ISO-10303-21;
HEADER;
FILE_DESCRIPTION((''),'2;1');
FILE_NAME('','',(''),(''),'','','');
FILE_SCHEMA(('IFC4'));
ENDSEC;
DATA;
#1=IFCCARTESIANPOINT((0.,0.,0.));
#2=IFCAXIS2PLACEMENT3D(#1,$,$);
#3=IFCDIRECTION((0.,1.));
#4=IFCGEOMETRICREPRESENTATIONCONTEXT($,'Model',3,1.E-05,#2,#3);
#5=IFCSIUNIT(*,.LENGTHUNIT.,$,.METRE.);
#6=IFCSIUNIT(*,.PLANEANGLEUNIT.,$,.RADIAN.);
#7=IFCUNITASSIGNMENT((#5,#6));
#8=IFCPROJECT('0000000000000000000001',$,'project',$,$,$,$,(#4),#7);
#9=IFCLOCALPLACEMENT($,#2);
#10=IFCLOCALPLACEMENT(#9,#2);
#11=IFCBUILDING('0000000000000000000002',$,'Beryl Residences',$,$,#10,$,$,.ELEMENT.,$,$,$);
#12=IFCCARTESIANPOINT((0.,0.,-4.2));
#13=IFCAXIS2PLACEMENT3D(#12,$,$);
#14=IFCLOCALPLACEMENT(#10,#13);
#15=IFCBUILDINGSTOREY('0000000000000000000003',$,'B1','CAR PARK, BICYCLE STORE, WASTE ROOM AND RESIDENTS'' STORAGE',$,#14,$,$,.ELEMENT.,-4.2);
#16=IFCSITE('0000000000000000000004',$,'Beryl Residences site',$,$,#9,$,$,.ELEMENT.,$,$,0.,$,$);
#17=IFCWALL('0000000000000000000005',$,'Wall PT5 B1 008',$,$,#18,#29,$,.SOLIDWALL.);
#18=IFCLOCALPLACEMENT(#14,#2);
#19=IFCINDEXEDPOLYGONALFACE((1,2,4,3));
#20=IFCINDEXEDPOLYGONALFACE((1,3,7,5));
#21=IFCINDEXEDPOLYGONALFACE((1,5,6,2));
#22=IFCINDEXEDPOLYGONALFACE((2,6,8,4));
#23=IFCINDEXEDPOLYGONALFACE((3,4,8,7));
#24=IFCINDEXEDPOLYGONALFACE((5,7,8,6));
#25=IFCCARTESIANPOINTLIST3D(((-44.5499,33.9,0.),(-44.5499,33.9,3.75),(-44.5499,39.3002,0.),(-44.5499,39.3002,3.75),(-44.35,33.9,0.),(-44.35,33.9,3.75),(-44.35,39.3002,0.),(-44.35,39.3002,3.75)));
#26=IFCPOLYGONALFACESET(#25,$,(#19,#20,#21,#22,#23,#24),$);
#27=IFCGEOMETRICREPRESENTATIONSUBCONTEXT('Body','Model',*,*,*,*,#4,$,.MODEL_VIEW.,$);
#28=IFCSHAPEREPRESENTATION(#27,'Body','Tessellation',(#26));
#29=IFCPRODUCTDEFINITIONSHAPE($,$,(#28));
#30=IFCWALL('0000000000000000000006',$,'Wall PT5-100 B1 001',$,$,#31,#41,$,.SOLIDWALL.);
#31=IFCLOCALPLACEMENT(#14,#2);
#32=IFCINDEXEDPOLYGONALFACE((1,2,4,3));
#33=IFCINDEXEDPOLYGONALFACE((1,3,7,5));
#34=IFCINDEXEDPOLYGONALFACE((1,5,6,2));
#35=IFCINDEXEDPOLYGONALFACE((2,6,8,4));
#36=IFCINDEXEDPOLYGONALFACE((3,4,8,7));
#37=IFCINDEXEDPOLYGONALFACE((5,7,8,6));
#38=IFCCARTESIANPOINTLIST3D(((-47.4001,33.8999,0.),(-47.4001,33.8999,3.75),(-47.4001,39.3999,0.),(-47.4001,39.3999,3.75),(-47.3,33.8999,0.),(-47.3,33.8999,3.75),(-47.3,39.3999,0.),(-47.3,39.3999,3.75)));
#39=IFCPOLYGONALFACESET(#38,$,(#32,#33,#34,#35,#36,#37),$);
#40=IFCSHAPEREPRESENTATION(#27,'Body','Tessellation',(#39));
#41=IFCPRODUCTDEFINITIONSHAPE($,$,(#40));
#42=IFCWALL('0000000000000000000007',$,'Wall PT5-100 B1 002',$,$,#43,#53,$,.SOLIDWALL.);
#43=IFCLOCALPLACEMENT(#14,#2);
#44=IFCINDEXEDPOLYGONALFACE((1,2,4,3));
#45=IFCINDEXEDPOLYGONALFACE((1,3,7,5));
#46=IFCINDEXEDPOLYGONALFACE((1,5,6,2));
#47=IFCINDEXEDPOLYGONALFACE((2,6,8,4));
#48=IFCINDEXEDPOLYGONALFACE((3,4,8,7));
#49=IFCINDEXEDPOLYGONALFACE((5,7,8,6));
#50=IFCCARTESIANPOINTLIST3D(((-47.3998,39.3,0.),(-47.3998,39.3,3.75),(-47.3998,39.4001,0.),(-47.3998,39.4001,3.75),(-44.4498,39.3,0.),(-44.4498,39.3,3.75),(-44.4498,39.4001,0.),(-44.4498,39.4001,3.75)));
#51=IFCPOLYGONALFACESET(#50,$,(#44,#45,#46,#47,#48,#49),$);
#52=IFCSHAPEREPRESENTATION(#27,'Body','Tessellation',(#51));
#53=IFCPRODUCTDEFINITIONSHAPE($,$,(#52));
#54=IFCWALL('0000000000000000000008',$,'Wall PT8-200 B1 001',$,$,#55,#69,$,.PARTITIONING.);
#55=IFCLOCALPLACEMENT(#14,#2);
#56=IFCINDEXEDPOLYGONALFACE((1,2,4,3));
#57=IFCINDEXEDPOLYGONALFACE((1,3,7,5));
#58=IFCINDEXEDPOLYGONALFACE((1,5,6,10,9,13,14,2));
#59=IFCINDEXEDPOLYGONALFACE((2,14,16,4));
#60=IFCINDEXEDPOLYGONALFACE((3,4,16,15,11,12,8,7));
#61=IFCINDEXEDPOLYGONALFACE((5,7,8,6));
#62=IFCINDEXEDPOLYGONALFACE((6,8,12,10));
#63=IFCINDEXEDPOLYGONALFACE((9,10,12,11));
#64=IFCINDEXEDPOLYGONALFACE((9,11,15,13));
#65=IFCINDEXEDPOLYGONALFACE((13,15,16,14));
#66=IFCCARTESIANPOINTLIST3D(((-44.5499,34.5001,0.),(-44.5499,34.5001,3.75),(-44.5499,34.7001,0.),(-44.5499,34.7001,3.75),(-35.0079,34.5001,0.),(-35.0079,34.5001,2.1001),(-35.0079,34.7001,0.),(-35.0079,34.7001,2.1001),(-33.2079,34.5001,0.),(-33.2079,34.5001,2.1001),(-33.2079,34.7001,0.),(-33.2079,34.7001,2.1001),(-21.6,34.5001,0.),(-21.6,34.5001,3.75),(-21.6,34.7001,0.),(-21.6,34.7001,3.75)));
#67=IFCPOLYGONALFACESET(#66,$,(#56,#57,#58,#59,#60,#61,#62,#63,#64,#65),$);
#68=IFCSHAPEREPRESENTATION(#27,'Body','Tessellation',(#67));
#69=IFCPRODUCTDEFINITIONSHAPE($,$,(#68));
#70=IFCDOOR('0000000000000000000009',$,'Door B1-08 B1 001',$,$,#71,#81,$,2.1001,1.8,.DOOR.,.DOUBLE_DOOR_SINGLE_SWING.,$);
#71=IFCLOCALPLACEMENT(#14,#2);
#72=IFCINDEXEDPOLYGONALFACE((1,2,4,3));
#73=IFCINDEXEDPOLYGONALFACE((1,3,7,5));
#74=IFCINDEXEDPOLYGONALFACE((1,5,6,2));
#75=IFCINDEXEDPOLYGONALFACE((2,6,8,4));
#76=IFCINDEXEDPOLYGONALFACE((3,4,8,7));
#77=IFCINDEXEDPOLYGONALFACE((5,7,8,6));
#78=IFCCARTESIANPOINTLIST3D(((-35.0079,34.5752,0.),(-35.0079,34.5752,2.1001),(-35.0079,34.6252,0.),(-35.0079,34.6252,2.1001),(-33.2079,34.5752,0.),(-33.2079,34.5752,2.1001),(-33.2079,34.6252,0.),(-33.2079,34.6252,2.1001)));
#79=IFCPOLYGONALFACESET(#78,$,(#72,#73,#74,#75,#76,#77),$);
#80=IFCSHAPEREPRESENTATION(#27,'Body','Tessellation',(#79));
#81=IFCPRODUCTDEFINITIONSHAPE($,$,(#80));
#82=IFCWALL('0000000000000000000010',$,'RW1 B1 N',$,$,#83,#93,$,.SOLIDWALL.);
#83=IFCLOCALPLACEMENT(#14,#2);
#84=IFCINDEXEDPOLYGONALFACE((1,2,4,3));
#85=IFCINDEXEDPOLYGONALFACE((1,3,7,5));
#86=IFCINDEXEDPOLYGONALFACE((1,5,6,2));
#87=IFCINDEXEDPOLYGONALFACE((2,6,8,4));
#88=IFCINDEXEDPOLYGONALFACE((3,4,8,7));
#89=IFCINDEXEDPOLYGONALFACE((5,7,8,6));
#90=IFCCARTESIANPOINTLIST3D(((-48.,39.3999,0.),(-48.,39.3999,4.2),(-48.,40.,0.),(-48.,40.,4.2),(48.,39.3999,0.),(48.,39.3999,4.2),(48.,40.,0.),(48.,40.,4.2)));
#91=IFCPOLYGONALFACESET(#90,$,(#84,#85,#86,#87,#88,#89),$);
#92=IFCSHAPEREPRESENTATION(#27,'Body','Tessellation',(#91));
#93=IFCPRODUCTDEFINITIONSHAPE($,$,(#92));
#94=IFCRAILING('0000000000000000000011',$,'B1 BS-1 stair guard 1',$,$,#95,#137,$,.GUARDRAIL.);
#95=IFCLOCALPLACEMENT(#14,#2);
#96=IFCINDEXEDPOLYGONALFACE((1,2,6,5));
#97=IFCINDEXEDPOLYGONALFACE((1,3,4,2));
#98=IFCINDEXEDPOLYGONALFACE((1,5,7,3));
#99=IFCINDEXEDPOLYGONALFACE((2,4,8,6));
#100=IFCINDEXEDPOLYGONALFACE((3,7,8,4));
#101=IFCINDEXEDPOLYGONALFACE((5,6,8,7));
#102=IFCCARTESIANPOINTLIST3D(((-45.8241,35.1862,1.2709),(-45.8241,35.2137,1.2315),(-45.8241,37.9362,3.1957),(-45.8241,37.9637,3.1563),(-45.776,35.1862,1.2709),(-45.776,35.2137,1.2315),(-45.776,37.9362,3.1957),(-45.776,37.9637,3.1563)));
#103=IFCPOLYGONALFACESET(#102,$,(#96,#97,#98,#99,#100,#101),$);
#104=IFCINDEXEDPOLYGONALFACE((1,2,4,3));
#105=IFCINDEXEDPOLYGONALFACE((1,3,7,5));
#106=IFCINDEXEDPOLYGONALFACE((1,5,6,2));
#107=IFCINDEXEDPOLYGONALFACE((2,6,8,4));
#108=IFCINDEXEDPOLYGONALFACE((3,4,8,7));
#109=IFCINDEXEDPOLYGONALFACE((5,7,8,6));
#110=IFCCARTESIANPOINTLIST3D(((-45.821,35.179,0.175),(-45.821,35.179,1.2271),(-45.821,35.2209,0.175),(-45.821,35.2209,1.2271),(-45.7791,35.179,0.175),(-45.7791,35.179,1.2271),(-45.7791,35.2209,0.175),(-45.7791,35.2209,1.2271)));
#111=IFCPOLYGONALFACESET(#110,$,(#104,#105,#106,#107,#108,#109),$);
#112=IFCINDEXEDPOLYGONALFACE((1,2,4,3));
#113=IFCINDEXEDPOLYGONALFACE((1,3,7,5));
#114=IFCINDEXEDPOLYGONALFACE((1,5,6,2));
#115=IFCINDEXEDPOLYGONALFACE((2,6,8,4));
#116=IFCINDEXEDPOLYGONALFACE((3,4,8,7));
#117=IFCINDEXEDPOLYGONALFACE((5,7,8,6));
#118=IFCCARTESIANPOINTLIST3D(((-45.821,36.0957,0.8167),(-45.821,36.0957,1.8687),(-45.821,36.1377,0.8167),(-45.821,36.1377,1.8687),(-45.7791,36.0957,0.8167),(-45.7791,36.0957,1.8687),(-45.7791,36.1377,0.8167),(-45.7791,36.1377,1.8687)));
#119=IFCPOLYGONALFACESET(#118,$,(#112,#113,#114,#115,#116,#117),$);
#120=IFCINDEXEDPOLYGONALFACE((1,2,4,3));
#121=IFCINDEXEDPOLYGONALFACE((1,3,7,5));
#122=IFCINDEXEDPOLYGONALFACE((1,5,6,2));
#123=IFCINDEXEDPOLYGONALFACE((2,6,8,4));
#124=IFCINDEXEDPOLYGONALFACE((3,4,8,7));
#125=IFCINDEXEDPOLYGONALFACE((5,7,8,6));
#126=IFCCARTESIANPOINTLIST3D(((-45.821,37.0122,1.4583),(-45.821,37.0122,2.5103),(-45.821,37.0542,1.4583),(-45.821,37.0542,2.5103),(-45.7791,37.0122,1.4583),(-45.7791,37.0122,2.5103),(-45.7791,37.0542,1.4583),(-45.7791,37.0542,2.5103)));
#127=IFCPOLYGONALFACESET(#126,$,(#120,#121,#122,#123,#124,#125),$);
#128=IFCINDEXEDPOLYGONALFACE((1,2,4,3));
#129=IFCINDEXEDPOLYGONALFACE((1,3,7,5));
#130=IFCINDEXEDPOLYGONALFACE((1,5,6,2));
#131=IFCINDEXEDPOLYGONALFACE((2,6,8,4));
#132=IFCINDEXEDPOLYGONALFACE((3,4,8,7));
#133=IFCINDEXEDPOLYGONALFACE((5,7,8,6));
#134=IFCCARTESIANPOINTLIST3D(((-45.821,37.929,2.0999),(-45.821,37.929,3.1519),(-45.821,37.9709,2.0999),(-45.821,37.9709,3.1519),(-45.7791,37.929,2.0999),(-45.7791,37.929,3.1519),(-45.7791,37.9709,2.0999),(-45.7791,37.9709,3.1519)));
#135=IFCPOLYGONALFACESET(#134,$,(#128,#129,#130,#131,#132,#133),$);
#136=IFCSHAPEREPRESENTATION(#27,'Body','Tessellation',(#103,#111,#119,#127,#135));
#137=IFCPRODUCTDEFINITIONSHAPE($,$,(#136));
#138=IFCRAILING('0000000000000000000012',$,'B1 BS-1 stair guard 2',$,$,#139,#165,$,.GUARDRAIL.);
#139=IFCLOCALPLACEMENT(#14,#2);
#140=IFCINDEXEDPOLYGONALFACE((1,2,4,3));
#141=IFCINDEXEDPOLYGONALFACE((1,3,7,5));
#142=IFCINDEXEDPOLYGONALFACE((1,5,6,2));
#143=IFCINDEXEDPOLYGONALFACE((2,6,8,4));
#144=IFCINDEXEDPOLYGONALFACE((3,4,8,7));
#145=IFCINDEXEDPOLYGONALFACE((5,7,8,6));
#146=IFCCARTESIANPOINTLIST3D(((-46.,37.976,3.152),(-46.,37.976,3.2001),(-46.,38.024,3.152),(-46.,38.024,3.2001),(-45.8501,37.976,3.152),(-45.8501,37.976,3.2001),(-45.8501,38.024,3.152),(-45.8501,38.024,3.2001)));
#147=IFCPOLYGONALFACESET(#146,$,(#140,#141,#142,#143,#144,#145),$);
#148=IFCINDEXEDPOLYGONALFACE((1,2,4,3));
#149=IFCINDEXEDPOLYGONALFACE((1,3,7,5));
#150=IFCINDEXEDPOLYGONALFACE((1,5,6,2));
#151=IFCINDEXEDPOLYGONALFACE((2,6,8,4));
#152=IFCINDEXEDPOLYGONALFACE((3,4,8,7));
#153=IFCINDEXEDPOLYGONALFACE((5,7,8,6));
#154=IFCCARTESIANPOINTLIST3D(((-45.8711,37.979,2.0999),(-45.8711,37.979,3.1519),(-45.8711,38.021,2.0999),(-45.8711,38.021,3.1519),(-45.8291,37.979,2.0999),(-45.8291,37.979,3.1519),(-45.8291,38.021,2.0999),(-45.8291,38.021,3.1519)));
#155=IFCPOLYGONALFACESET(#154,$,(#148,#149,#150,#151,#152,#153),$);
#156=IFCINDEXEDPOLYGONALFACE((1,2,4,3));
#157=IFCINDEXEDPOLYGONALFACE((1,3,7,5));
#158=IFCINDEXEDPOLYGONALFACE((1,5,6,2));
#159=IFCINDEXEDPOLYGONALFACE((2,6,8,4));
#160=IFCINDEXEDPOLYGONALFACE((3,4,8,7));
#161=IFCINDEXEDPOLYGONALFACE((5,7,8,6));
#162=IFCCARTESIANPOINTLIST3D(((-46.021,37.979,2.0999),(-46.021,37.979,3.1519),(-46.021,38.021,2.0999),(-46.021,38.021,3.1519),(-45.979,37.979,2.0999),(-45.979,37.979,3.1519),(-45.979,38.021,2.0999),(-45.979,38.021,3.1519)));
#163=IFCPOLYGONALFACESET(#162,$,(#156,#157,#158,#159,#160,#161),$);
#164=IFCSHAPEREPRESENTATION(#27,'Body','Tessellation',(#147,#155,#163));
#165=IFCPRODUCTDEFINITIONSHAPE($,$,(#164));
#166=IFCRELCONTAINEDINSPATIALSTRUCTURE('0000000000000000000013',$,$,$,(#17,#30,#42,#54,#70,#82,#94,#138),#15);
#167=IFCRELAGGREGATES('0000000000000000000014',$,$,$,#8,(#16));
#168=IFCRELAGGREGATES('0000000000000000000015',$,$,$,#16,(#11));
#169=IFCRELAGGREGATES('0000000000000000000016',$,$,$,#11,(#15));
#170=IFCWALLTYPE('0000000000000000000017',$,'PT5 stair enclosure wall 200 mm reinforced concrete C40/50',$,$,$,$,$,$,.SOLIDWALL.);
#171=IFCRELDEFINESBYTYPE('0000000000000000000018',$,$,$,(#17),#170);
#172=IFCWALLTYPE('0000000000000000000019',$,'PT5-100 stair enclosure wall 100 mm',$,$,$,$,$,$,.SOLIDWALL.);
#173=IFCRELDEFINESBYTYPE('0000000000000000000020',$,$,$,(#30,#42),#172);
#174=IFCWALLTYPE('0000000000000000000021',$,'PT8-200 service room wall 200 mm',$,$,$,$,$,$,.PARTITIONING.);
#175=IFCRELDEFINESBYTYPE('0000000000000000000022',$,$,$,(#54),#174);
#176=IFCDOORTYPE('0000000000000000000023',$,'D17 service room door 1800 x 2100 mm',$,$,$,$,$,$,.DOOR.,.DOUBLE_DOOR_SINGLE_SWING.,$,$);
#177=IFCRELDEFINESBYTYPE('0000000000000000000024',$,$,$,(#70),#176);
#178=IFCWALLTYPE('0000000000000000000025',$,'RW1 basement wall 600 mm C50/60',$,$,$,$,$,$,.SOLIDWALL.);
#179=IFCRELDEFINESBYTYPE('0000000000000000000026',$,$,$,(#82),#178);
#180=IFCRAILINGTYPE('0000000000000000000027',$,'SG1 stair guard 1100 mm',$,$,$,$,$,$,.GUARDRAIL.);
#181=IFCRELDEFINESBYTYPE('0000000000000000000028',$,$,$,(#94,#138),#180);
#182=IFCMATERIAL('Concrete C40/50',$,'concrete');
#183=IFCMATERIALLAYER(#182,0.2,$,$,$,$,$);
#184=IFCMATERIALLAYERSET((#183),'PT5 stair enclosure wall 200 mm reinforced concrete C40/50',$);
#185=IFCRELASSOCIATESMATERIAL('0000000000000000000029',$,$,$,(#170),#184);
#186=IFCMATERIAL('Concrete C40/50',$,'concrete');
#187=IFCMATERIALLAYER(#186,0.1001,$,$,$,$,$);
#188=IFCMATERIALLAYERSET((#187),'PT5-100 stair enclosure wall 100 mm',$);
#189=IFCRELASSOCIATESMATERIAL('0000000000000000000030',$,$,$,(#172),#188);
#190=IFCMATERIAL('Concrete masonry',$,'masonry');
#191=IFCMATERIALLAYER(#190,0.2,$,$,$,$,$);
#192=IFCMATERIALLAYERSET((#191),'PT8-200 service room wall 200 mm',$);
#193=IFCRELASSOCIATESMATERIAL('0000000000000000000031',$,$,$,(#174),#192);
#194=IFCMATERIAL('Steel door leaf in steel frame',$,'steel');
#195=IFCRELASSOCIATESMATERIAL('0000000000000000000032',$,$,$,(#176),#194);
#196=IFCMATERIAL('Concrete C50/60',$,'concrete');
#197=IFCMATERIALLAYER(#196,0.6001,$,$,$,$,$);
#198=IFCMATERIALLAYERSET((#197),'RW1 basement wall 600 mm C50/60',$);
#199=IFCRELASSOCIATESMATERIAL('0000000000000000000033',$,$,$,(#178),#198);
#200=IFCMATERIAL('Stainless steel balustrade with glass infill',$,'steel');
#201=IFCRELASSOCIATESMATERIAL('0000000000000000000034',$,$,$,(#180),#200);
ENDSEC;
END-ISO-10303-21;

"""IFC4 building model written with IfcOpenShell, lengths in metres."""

from ifc_helpers import new_model, si_unit, direction, frame, frame_2d, origin, origin_2d, place, context, subcontext, project, spatial, rectangle, extrude, material, layer, layer_set, type_object, element, fill, save


model = new_model("IFC4")

# Units and contexts
model_context = context("Model", 3, precision=1e-05, world=origin(), true_north=direction((0.0, 1.0)))
body_context = subcontext(model_context, "Body", "Model", "MODEL_VIEW")
ifc_project = project(units=[si_unit("LENGTHUNIT", "METRE"), si_unit("PLANEANGLEUNIT", "RADIAN")], contexts=[model_context])

# Site, building, storey
site_placement = place(None, origin())
site = spatial("IfcSite", under=ifc_project, at=site_placement, Name="Beryl Residences site", CompositionType="ELEMENT", RefElevation=0.0)
building_placement = place(site_placement, origin())
building = spatial("IfcBuilding", under=site, at=building_placement, Name="Beryl Residences", CompositionType="ELEMENT")
storey_placement = place(building_placement, frame((0.0, 0.0, -4.2)))
storey = spatial("IfcBuildingStorey", under=building, at=storey_placement, Name="B1", Description="CAR PARK, BICYCLE STORE, WASTE ROOM AND RESIDENTS' STORAGE", CompositionType="ELEMENT", Elevation=-4.2)

# Shared definitions
ifc_material_1 = material(Name="Concrete C40/50", Category="concrete")
ifc_layer_1 = layer(ifc_material_1, 0.2)
ifc_layer_set_1 = layer_set([ifc_layer_1], Name="PT5 stair enclosure wall 200 mm reinforced concrete C40/50")
wall_type_1 = type_object("IfcWallType", Name="PT5 stair enclosure wall 200 mm reinforced concrete C40/50", PredefinedType="SOLIDWALL", material=ifc_layer_set_1)

# Walls
wall_1_placement = place(storey_placement, frame((-44.45, 33.8999, 0.0), z_axis=(0.0, 0.0, 1.0), x_axis=(0.0, 1.0, 0.0)))
element("IfcWall", 1, at=wall_1_placement, inside=storey, type_object=wall_type_1, Name="Wall PT5 B1 008", PredefinedType="SOLIDWALL", context=body_context, shape_type="SweptSolid", body=[
    extrude(rectangle(XDim=5.4001, YDim=0.2, at=frame_2d((2.7002, 0.0))), origin(), (0.0, 0.0, 1.0), 3.75),
])
ifc_material_2 = material(Name="Concrete C40/50", Category="concrete")
ifc_layer_2 = layer(ifc_material_2, 0.1001)
ifc_layer_set_2 = layer_set([ifc_layer_2], Name="PT5-100 stair enclosure wall 100 mm")
wall_type_2 = type_object("IfcWallType", Name="PT5-100 stair enclosure wall 100 mm", PredefinedType="SOLIDWALL", material=ifc_layer_set_2)
wall_2_placement = place(storey_placement, frame((-47.3501, 33.8999, 0.0), z_axis=(0.0, 0.0, 1.0), x_axis=(0.0, 1.0, 0.0)))
element("IfcWall", 2, at=wall_2_placement, inside=storey, type_object=wall_type_2, Name="Wall PT5-100 B1 001", PredefinedType="SOLIDWALL", context=body_context, shape_type="SweptSolid", body=[
    extrude(rectangle(XDim=5.5, YDim=0.1001, at=frame_2d((2.75, 0.0))), origin(), (0.0, 0.0, 1.0), 3.75),
])
wall_3_placement = place(storey_placement, frame((-47.3999, 39.3501, 0.0), z_axis=(0.0, 0.0, 1.0), x_axis=(1.0, 0.0, 0.0)))
element("IfcWall", 3, at=wall_3_placement, inside=storey, type_object=wall_type_2, Name="Wall PT5-100 B1 002", PredefinedType="SOLIDWALL", context=body_context, shape_type="SweptSolid", body=[
    extrude(rectangle(XDim=2.95, YDim=0.1001, at=frame_2d((1.4751, 0.0))), origin(), (0.0, 0.0, 1.0), 3.75),
])

# Wall, opening, door
ifc_material_3 = material(Name="Concrete masonry", Category="masonry")
ifc_layer_3 = layer(ifc_material_3, 0.2)
ifc_layer_set_3 = layer_set([ifc_layer_3], Name="PT8-200 service room wall 200 mm")
wall_type_3 = type_object("IfcWallType", Name="PT8-200 service room wall 200 mm", PredefinedType="PARTITIONING", material=ifc_layer_set_3)
wall_4_placement = place(storey_placement, frame((-44.55, 34.6001, 0.0), z_axis=(0.0, 0.0, 1.0), x_axis=(1.0, 0.0, 0.0)))
wall_4 = element("IfcWall", 4, at=wall_4_placement, inside=storey, type_object=wall_type_3, Name="Wall PT8-200 B1 001", PredefinedType="PARTITIONING", context=body_context, shape_type="SweptSolid", body=[
    extrude(rectangle(XDim=22.95, YDim=0.2, at=frame_2d((11.4751, 0.0))), origin(), (0.0, 0.0, 1.0), 3.75),
])
opening_1_placement = place(wall_4_placement, frame((11.342, 0.0, 0.0), z_axis=(0.0, 0.0, 1.0), x_axis=(-1.0, 0.0, 0.0)))
opening_1 = element("IfcOpeningElement", 5, at=opening_1_placement, cuts=wall_4, PredefinedType="OPENING", context=body_context, shape_type="SweptSolid", body=[
    extrude(rectangle(XDim=1.8, YDim=2.1001, at=frame_2d((0.8999, 1.05))), frame((0.0, 0.1099, 0.0), z_axis=(0.0, -1.0, 0.0), x_axis=(1.0, 0.0, 0.0)), (0.0, 0.0, 1.0), 0.22),
])
ifc_material_4 = material(Name="Steel door leaf in steel frame", Category="steel")
door_type_1 = type_object("IfcDoorType", Name="D17 service room door 1800 x 2100 mm", OperationType="DOUBLE_DOOR_SINGLE_SWING", PredefinedType="DOOR", material=ifc_material_4)
door_1_placement = place(opening_1_placement, origin())
door_1 = element("IfcDoor", 6, at=door_1_placement, inside=storey, type_object=door_type_1, Name="Door B1-08 B1 001", OperationType="DOUBLE_DOOR_SINGLE_SWING", OverallHeight=2.1001, OverallWidth=1.8, PredefinedType="DOOR", context=body_context, shape_type="SweptSolid", body=[
    extrude(rectangle(XDim=1.8, YDim=2.1001, at=frame_2d((0.8999, 1.05))), frame((0.0, 0.0249, 0.0), z_axis=(0.0, -1.0, 0.0), x_axis=(1.0, 0.0, 0.0)), (0.0, 0.0, 1.0), 0.05),
])
fill(opening_1, door_1)

# Wall
ifc_material_5 = material(Name="Concrete C50/60", Category="concrete")
ifc_layer_4 = layer(ifc_material_5, 0.6001)
ifc_layer_set_4 = layer_set([ifc_layer_4], Name="RW1 basement wall 600 mm C50/60")
wall_type_4 = type_object("IfcWallType", Name="RW1 basement wall 600 mm C50/60", PredefinedType="SOLIDWALL", material=ifc_layer_set_4)
wall_5_placement = place(storey_placement, frame((-48.0, 39.7, 0.0), z_axis=(0.0, 0.0, 1.0), x_axis=(1.0, 0.0, 0.0)))
element("IfcWall", 7, at=wall_5_placement, inside=storey, type_object=wall_type_4, Name="RW1 B1 N", PredefinedType="SOLIDWALL", context=body_context, shape_type="SweptSolid", body=[
    extrude(rectangle(XDim=96.0, YDim=0.6001, at=frame_2d((48.0, 0.0))), origin(), (0.0, 0.0, 1.0), 4.2),
])

# Railings
ifc_material_6 = material(Name="Stainless steel balustrade with glass infill", Category="steel")
railing_type_1 = type_object("IfcRailingType", Name="SG1 stair guard 1100 mm", PredefinedType="GUARDRAIL", material=ifc_material_6)
railing_1_placement = place(storey_placement, frame((-45.8, 35.2, 0.175)))
element("IfcRailing", 8, at=railing_1_placement, inside=storey, type_object=railing_type_1, Name="B1 BS-1 stair guard 1", PredefinedType="GUARDRAIL", context=body_context, shape_type="SweptSolid", body=[
    extrude(rectangle(XDim=0.0481, YDim=0.0481, at=origin_2d()), frame((0.0, 0.0, 1.0762), z_axis=(0.0, 0.819259, 0.573423), x_axis=(-1.0, 0.0, 0.0)), (0.0, 0.0, 1.0), 3.3567),
    extrude(rectangle(XDim=0.042, YDim=0.042, at=origin_2d()), origin(), (0.0, 0.0, 1.0), 1.052),
    extrude(rectangle(XDim=0.042, YDim=0.042, at=origin_2d()), frame((0.0, 0.9167, 0.6416)), (0.0, 0.0, 1.0), 1.052),
    extrude(rectangle(XDim=0.042, YDim=0.042, at=origin_2d()), frame((0.0, 1.8333, 1.2832)), (0.0, 0.0, 1.0), 1.052),
    extrude(rectangle(XDim=0.042, YDim=0.042, at=origin_2d()), frame((0.0, 2.75, 1.9248)), (0.0, 0.0, 1.0), 1.052),
])
railing_2_placement = place(storey_placement, frame((-45.8501, 38.0, 2.0999)))
element("IfcRailing", 9, at=railing_2_placement, inside=storey, type_object=railing_type_1, Name="B1 BS-1 stair guard 2", PredefinedType="GUARDRAIL", context=body_context, shape_type="SweptSolid", body=[
    extrude(rectangle(XDim=0.0481, YDim=0.0481, at=origin_2d()), frame((0.0, 0.0, 1.0762), z_axis=(-1.0, 0.0, 0.0), x_axis=(0.0, -1.0, 0.0)), (0.0, 0.0, 1.0), 0.1499),
    extrude(rectangle(XDim=0.042, YDim=0.042, at=origin_2d()), origin(), (0.0, 0.0, 1.0), 1.052),
    extrude(rectangle(XDim=0.042, YDim=0.042, at=origin_2d()), frame((-0.1499, 0.0, 0.0)), (0.0, 0.0, 1.0), 1.052),
])

save(model, "model.ifc")
